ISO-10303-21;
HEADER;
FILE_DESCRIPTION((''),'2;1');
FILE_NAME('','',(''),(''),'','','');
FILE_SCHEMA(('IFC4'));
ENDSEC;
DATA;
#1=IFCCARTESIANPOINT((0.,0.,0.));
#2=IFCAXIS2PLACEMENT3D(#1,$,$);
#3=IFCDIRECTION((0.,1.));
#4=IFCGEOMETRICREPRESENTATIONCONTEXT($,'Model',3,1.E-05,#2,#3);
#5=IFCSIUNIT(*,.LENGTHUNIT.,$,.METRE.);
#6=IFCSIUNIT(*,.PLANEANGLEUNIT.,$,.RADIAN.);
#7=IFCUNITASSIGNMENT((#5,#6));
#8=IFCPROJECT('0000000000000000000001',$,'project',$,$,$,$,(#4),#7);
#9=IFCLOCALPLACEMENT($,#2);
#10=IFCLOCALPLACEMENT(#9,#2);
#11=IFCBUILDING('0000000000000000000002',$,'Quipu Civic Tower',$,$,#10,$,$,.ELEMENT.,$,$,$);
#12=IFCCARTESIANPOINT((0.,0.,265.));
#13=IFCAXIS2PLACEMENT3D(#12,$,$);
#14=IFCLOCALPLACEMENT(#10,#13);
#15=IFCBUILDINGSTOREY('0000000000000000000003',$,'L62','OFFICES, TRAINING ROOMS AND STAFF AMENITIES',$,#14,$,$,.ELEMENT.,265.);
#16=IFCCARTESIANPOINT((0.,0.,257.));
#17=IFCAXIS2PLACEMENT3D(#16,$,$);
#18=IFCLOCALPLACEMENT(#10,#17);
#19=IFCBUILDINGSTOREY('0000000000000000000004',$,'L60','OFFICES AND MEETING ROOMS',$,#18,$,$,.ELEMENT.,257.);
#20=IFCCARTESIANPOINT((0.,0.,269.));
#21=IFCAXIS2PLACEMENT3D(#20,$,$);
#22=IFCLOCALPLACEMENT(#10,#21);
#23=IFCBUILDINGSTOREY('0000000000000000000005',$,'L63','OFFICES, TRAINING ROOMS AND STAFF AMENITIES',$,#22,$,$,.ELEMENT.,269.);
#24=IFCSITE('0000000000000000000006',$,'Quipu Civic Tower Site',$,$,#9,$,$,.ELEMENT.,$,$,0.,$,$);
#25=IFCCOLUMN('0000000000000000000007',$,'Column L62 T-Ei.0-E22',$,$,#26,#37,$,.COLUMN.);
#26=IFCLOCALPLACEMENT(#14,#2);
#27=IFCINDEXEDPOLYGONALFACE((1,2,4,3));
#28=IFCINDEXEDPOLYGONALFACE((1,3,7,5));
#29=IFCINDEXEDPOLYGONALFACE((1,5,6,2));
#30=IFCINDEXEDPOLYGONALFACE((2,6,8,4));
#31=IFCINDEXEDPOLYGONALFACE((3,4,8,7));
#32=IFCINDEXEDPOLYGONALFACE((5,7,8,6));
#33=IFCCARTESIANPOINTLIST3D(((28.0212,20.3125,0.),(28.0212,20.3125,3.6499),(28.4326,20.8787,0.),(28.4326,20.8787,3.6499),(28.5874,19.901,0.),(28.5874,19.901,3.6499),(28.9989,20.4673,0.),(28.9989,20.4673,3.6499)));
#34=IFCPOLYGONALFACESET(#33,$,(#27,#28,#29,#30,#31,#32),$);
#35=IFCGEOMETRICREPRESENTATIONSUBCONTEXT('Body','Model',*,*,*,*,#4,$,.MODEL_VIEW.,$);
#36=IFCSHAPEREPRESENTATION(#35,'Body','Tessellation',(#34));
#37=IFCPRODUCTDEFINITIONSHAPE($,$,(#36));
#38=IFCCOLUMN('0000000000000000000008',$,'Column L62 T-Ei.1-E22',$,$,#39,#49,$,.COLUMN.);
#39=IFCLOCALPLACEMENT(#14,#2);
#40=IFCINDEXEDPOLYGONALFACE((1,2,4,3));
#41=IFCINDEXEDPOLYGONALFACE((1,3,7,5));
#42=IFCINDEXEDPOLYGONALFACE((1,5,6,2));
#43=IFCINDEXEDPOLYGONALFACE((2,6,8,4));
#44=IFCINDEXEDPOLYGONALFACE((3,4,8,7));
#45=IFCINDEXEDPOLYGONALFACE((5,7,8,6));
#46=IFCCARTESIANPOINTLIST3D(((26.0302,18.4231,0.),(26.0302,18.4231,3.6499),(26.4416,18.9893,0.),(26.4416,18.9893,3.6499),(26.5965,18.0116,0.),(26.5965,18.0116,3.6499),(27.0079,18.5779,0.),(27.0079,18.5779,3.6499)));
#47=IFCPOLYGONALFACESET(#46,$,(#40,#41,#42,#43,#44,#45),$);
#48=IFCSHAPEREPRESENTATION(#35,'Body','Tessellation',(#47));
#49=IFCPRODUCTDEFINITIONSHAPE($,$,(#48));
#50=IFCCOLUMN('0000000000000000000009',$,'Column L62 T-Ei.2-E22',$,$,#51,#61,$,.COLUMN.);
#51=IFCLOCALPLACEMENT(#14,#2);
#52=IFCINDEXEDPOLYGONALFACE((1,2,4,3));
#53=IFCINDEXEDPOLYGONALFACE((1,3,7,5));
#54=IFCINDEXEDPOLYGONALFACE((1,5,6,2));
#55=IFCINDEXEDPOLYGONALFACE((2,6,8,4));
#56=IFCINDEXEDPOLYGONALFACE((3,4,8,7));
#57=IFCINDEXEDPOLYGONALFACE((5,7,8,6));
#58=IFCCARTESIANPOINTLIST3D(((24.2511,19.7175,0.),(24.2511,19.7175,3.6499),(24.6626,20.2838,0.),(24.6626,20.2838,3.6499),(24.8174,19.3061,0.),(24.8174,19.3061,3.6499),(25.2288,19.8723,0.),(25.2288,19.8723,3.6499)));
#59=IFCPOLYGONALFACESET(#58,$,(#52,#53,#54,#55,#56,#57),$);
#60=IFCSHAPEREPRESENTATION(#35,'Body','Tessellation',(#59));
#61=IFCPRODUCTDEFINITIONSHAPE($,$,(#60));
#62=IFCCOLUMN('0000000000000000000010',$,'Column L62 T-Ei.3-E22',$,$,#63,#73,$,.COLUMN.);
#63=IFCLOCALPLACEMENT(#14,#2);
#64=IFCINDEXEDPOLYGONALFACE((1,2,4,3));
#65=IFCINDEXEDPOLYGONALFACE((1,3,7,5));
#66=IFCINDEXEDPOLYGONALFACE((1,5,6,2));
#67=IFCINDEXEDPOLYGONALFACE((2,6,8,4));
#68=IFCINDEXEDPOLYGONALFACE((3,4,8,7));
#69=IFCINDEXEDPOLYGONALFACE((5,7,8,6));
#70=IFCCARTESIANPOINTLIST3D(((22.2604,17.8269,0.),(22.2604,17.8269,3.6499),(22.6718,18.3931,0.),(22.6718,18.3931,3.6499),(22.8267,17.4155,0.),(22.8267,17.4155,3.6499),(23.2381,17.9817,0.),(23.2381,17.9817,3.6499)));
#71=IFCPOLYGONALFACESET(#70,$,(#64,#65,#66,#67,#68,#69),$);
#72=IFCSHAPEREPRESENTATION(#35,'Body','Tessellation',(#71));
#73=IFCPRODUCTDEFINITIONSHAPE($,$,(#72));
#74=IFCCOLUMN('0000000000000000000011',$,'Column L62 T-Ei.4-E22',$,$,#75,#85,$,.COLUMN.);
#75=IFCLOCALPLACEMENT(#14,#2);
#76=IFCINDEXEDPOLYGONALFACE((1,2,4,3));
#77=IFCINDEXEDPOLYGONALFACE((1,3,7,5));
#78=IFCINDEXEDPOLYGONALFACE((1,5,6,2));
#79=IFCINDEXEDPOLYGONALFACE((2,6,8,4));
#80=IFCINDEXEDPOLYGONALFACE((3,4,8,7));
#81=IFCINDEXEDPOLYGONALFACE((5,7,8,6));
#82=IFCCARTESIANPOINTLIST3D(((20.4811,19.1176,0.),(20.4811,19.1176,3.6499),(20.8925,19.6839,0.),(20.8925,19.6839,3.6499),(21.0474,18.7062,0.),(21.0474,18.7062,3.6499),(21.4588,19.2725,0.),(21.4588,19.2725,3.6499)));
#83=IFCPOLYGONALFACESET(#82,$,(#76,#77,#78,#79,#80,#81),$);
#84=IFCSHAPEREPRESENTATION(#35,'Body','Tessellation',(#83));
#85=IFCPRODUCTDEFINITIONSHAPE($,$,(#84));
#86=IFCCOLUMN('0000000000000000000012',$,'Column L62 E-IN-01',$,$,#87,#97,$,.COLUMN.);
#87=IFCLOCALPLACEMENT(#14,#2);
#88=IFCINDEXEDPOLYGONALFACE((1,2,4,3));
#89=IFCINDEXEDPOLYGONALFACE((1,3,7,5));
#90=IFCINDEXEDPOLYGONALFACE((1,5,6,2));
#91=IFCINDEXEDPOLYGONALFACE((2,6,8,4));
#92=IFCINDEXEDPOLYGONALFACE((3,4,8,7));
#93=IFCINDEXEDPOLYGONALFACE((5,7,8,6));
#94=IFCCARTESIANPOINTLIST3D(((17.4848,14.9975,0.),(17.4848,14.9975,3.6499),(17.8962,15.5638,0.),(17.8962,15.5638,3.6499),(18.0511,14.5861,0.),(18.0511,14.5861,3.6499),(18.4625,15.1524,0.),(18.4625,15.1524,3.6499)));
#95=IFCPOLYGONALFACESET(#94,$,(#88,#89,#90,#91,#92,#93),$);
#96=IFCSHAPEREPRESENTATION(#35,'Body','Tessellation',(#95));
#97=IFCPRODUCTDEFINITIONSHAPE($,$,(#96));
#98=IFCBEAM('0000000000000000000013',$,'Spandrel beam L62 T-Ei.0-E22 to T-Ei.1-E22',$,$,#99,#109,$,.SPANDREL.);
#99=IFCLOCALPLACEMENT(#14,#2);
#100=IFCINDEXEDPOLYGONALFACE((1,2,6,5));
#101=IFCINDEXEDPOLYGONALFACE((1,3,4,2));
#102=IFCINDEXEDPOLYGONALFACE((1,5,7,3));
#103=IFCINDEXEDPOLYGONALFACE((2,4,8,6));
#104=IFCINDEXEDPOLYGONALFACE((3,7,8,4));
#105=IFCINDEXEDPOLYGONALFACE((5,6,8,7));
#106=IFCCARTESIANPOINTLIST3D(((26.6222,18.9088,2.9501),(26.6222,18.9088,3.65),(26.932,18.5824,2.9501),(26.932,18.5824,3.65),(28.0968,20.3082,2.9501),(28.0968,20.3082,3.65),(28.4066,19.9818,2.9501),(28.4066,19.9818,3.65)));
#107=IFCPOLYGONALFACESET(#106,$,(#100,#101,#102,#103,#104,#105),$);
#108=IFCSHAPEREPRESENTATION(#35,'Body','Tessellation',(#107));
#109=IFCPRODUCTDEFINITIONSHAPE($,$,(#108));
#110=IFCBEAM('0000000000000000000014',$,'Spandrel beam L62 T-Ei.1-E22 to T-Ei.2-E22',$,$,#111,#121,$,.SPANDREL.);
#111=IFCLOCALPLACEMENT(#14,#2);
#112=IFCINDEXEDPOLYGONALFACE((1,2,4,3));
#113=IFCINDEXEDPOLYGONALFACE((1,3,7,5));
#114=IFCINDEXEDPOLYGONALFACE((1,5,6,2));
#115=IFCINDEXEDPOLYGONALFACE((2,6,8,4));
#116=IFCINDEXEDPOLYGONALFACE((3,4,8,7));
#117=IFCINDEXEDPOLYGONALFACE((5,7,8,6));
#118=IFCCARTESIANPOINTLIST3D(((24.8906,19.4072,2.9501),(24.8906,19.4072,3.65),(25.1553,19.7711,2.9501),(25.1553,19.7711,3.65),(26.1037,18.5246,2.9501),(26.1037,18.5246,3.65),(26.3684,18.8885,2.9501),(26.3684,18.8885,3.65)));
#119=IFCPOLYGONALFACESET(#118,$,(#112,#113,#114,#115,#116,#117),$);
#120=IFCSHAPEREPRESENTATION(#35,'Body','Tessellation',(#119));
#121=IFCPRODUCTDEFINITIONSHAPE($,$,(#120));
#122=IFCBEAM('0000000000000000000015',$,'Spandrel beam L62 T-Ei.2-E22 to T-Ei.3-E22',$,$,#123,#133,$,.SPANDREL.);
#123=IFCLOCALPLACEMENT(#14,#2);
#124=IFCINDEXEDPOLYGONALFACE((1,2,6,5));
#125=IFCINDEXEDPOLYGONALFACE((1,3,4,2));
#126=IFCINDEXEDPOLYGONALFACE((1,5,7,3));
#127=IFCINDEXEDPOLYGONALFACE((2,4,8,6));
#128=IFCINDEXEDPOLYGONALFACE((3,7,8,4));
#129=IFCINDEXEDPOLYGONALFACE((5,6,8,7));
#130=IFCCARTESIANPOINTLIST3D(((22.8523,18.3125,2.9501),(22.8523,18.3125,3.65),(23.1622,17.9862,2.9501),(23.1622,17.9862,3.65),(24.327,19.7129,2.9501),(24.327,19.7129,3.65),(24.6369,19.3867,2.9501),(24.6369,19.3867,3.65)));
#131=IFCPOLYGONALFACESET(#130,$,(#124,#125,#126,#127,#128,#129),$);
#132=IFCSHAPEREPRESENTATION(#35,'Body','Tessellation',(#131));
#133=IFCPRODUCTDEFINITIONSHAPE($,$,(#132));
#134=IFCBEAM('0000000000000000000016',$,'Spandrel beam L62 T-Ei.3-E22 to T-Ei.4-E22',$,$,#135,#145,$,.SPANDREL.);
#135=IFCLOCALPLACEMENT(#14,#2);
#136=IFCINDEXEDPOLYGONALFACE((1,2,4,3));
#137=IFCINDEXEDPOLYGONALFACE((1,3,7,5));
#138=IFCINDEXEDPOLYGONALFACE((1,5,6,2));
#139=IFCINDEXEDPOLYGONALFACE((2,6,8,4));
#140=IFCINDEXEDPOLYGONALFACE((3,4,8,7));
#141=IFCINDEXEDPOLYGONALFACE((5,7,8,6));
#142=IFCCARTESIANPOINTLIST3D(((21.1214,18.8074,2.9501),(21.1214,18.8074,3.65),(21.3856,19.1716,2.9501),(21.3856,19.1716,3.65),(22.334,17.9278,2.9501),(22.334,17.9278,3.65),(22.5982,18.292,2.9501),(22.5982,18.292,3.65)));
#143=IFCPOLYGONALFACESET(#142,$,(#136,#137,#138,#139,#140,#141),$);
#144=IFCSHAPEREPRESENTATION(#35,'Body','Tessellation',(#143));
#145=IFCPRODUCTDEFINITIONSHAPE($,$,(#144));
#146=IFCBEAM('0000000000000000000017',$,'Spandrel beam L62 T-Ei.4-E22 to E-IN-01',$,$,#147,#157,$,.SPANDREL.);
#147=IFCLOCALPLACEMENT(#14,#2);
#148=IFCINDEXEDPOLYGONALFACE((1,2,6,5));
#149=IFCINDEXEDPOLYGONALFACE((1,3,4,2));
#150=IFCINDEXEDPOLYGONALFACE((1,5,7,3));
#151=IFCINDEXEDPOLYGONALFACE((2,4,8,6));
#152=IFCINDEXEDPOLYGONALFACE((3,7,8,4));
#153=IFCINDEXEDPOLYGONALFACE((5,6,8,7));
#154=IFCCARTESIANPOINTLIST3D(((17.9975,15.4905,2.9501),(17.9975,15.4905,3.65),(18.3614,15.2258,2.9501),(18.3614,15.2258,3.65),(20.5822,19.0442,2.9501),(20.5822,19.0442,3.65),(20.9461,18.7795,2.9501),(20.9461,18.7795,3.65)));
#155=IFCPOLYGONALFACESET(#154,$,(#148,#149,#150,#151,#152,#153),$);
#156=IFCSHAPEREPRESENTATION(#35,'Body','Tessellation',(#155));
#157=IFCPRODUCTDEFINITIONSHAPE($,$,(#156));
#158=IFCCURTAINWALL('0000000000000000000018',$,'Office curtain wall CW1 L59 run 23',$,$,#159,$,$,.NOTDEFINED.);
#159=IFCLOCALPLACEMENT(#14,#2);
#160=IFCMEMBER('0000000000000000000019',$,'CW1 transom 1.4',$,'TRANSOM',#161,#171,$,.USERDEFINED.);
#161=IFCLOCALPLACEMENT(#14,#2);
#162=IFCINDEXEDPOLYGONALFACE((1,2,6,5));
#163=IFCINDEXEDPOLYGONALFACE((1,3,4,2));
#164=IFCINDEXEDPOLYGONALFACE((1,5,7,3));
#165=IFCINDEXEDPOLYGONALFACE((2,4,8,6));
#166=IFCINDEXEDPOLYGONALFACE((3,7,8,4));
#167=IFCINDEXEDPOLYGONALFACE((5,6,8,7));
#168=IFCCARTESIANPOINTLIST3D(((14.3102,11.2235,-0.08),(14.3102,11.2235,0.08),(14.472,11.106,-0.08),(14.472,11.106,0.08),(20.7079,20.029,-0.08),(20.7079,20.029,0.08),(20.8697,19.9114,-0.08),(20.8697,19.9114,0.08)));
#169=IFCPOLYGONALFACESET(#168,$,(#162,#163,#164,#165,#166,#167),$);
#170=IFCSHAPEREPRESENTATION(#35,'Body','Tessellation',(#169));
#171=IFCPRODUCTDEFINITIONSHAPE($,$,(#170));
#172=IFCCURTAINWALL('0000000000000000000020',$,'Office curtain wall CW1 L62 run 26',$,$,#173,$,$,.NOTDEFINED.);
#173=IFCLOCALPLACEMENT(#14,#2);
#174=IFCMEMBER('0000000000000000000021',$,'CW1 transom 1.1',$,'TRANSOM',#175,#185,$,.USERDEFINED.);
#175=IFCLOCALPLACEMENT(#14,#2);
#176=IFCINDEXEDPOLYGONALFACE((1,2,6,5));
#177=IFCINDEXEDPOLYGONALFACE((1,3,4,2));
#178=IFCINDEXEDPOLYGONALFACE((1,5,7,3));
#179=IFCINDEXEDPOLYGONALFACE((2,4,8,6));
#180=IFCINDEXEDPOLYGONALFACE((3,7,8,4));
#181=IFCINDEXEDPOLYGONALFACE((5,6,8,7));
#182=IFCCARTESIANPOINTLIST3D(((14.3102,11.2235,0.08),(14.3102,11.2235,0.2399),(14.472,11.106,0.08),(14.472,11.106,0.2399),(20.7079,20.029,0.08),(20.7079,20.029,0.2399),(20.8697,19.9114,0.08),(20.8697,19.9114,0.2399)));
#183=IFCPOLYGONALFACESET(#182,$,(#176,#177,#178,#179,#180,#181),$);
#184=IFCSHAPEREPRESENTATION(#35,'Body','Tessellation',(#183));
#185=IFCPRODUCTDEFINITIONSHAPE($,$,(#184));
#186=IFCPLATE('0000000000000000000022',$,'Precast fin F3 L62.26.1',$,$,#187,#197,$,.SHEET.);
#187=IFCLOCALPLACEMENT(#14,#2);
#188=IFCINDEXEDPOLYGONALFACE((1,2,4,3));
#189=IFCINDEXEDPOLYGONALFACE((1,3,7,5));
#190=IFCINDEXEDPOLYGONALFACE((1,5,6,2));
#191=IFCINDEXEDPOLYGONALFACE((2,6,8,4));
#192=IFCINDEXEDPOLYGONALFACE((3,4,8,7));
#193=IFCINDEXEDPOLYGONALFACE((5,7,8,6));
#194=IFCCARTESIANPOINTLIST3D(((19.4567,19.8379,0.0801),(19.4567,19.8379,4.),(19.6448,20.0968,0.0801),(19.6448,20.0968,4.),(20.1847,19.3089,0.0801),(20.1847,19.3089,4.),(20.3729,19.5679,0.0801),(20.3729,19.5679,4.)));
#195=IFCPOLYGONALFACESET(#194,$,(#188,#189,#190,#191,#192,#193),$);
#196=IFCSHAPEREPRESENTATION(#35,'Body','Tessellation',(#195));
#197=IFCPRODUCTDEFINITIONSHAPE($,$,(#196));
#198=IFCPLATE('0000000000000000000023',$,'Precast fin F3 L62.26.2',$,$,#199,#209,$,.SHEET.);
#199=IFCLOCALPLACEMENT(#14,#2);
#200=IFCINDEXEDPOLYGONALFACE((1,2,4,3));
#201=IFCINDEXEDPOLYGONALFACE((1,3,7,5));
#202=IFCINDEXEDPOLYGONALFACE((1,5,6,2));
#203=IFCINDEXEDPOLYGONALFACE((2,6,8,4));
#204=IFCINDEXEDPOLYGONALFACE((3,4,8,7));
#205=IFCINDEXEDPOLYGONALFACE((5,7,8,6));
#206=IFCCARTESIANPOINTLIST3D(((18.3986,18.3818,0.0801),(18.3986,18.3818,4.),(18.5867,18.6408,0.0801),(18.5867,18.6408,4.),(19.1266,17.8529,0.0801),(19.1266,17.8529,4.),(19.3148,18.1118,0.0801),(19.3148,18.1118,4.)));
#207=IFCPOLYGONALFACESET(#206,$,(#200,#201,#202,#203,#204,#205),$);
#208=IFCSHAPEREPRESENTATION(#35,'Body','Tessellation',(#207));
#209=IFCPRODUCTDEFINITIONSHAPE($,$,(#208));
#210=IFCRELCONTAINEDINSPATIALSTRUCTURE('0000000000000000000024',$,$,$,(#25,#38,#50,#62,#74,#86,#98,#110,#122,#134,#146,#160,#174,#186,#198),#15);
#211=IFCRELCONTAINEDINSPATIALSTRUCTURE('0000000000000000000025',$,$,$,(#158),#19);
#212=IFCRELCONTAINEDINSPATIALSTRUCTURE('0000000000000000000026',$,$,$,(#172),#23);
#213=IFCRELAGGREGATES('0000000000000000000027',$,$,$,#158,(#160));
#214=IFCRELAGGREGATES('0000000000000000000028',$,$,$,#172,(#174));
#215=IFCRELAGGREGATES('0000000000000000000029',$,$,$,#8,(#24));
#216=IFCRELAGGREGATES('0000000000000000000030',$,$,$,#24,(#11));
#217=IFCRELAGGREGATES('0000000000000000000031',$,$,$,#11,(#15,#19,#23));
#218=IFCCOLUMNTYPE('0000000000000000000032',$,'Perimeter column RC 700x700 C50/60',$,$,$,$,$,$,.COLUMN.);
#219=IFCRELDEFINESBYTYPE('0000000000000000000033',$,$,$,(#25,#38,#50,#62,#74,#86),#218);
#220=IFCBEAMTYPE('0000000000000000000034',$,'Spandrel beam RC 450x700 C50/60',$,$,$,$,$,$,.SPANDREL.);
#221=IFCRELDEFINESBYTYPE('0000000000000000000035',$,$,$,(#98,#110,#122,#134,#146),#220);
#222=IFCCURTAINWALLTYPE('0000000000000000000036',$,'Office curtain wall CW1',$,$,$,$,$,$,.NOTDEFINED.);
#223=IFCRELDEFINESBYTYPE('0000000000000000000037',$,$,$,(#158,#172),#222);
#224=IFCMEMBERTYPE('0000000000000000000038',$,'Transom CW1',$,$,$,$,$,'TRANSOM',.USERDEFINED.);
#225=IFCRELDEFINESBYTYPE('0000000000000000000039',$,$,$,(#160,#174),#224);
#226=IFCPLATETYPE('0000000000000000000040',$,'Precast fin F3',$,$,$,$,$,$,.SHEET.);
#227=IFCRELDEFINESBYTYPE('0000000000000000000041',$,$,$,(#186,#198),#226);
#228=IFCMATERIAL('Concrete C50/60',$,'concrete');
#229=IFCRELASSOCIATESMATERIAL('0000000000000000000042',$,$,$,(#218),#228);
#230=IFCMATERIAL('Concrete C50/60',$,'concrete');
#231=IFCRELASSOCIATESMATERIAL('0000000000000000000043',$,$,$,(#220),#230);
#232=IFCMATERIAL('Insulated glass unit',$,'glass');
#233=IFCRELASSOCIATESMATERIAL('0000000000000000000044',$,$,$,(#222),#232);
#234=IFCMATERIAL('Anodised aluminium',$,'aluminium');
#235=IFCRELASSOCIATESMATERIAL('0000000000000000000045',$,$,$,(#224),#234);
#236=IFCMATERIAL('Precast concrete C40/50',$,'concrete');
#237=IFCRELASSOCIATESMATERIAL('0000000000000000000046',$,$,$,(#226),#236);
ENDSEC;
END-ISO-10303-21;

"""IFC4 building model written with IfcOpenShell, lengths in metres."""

from ifc_helpers import new_model, si_unit, direction, frame, origin, origin_2d, place, context, subcontext, project, spatial, rectangle, extrude, material, material_profile, profile_set, type_object, element, aggregate, save


model = new_model("IFC4")

# Units and contexts
model_context = context("Model", 3, precision=1e-05, world=origin(), true_north=direction((0.0, 1.0)))
body_context = subcontext(model_context, "Body", "Model", "MODEL_VIEW")
ifc_project = project(units=[si_unit("LENGTHUNIT", "METRE"), si_unit("PLANEANGLEUNIT", "RADIAN")], contexts=[model_context])

# Site, building, storey
site_placement = place(None, origin())
site = spatial("IfcSite", under=ifc_project, at=site_placement, Name="Quipu Civic Tower Site", CompositionType="ELEMENT", RefElevation=0.0)
building_placement = place(site_placement, origin())
building = spatial("IfcBuilding", under=site, at=building_placement, Name="Quipu Civic Tower", CompositionType="ELEMENT")
storey_1_placement = place(building_placement, frame((0.0, 0.0, 265.0)))
storey_1 = spatial("IfcBuildingStorey", under=building, at=storey_1_placement, Name="L62", Description="OFFICES, TRAINING ROOMS AND STAFF AMENITIES", CompositionType="ELEMENT", Elevation=265.0)

# Columns
ifc_material_1 = material(Name="Concrete C50/60", Category="concrete")
ifc_material_profile_1 = material_profile(ifc_material_1, rectangle(XDim=0.7, YDim=0.7, at=origin_2d()), Name="RC700x700")
ifc_profile_set_1 = profile_set([ifc_material_profile_1], Name="Concrete C50/60")
column_type = type_object("IfcColumnType", Name="Perimeter column RC 700x700 C50/60", PredefinedType="COLUMN", material=ifc_profile_set_1)
for number, where, z_axis, x_axis, name in (
    (1, (28.51, 20.3899, 0.0), (0.0, 0.0, 1.0), (-0.587785, -0.809017, 0.0), "Column L62 T-Ei.0-E22"),
    (2, (26.519, 18.5005, 0.0), (0.0, 0.0, 1.0), (-0.809017, 0.587785, 0.0), "Column L62 T-Ei.1-E22"),
    (3, (24.74, 19.7949, 0.0), (0.0, 0.0, 1.0), (-0.587785, -0.809017, 0.0), "Column L62 T-Ei.2-E22"),
    (4, (22.7493, 17.9043, 0.0), (0.0, 0.0, 1.0), (-0.587785, -0.809017, 0.0), "Column L62 T-Ei.3-E22"),
    (5, (20.97, 19.1951, 0.0), (0.0, 0.0, 1.0), (-0.587785, -0.809017, 0.0), "Column L62 T-Ei.4-E22"),
    (6, (17.9736, 15.075, 0.0), (0.0, 0.0, 1.0), (-0.587785, -0.809017, 0.0), "Column L62 E-IN-01"),
):
    element("IfcColumn", number, at=place(storey_1_placement, frame(where, z_axis=z_axis, x_axis=x_axis)), inside=storey_1, type_object=column_type, Name=name, PredefinedType="COLUMN", context=body_context, shape_type="SweptSolid", body=[
        extrude(rectangle(XDim=0.7, YDim=0.7, at=origin_2d()), origin(), (0.0, 0.0, 1.0), 3.6499),
    ])

# Beams
ifc_material_2 = material(Name="Concrete C50/60", Category="concrete")
ifc_material_profile_2 = material_profile(ifc_material_2, rectangle(XDim=0.45, YDim=0.7, at=origin_2d()), Name="RC450x700")
ifc_profile_set_2 = profile_set([ifc_material_profile_2], Name="Concrete C50/60")
beam_type = type_object("IfcBeamType", Name="Spandrel beam RC 450x700 C50/60", PredefinedType="SPANDREL", material=ifc_profile_set_2)
beam_1_placement = place(storey_1_placement, frame((28.2517, 20.145, 3.3), z_axis=(-0.725359, -0.688371, 0.0), x_axis=(0.688371, -0.725359, 0.0)))
element("IfcBeam", 7, at=beam_1_placement, inside=storey_1, type_object=beam_type, Name="Spandrel beam L62 T-Ei.0-E22 to T-Ei.1-E22", PredefinedType="SPANDREL", context=body_context, shape_type="SweptSolid", body=[
    extrude(rectangle(XDim=0.45, YDim=0.7, at=origin_2d()), origin(), (0.0, 0.0, 1.0), 2.033),
])
beam_2_placement = place(storey_1_placement, frame((26.2361, 18.7065, 3.3), z_axis=(-0.808645, 0.588297, 0.0), x_axis=(-0.588297, -0.808645, 0.0)))
element("IfcBeam", 8, at=beam_2_placement, inside=storey_1, type_object=beam_type, Name="Spandrel beam L62 T-Ei.1-E22 to T-Ei.2-E22", PredefinedType="SPANDREL", context=body_context, shape_type="SweptSolid", body=[
    extrude(rectangle(XDim=0.45, YDim=0.7, at=origin_2d()), origin(), (0.0, 0.0, 1.0), 1.5002),
])
beam_3_placement = place(storey_1_placement, frame((24.4819, 19.5498, 3.3), z_axis=(-0.725119, -0.688623, 0.0), x_axis=(0.688623, -0.725119, 0.0)))
element("IfcBeam", 9, at=beam_3_placement, inside=storey_1, type_object=beam_type, Name="Spandrel beam L62 T-Ei.2-E22 to T-Ei.3-E22", PredefinedType="SPANDREL", context=body_context, shape_type="SweptSolid", body=[
    extrude(rectangle(XDim=0.45, YDim=0.7, at=origin_2d()), origin(), (0.0, 0.0, 1.0), 2.0337),
])
beam_4_placement = place(storey_1_placement, frame((22.4661, 18.1099, 3.3), z_axis=(-0.809461, 0.587173, 0.0), x_axis=(-0.587173, -0.809461, 0.0)))
element("IfcBeam", 10, at=beam_4_placement, inside=storey_1, type_object=beam_type, Name="Spandrel beam L62 T-Ei.3-E22 to T-Ei.4-E22", PredefinedType="SPANDREL", context=body_context, shape_type="SweptSolid", body=[
    extrude(rectangle(XDim=0.45, YDim=0.7, at=origin_2d()), origin(), (0.0, 0.0, 1.0), 1.498),
])
beam_5_placement = place(storey_1_placement, frame((20.7642, 18.9119, 3.3), z_axis=(-0.588201, -0.808714, 0.0), x_axis=(0.808714, -0.588201, 0.0)))
element("IfcBeam", 11, at=beam_5_placement, inside=storey_1, type_object=beam_type, Name="Spandrel beam L62 T-Ei.4-E22 to E-IN-01", PredefinedType="SPANDREL", context=body_context, shape_type="SweptSolid", body=[
    extrude(rectangle(XDim=0.45, YDim=0.7, at=origin_2d()), origin(), (0.0, 0.0, 1.0), 4.3943),
])

# Shared definitions
storey_2_placement = place(building_placement, frame((0.0, 0.0, 257.0)))
storey_2 = spatial("IfcBuildingStorey", under=building, at=storey_2_placement, Name="L60", Description="OFFICES AND MEETING ROOMS", CompositionType="ELEMENT", Elevation=257.0)

# Curtain wall, member
ifc_material_3 = material(Name="Insulated glass unit", Category="glass")
curtain_wall_type = type_object("IfcCurtainWallType", Name="Office curtain wall CW1", PredefinedType="NOTDEFINED", material=ifc_material_3)
curtain_wall_1_placement = place(storey_2_placement, origin())
curtain_wall_1 = element("IfcCurtainWall", 12, at=curtain_wall_1_placement, inside=storey_2, type_object=curtain_wall_type, Name="Office curtain wall CW1 L59 run 23", PredefinedType="NOTDEFINED")
ifc_material_4 = material(Name="Anodised aluminium", Category="aluminium")
ifc_material_profile_3 = material_profile(ifc_material_4, rectangle(XDim=0.2, YDim=0.1599, at=origin_2d()), Name="RECT 200x160")
ifc_profile_set_3 = profile_set([ifc_material_profile_3], Name="Anodised aluminium")
member_type = type_object("IfcMemberType", Name="Transom CW1", ElementType="TRANSOM", PredefinedType="USERDEFINED", material=ifc_profile_set_3)
member_1_placement = place(storey_1_placement, frame((20.7888, 19.9702, 0.0), z_axis=(-0.587797, -0.809009, 0.0), x_axis=(0.809009, -0.587797, 0.0)))
member_1 = element("IfcMember", 13, at=member_1_placement, inside=storey_1, type_object=member_type, Name="CW1 transom 1.4", ObjectType="TRANSOM", PredefinedType="USERDEFINED", context=body_context, shape_type="SweptSolid", body=[
    extrude(rectangle(XDim=0.2, YDim=0.1599, at=origin_2d()), origin(), (0.0, 0.0, 1.0), 10.8843),
])
aggregate(curtain_wall_1, [member_1])

# Shared definitions
storey_3_placement = place(building_placement, frame((0.0, 0.0, 269.0)))
storey_3 = spatial("IfcBuildingStorey", under=building, at=storey_3_placement, Name="L63", Description="OFFICES, TRAINING ROOMS AND STAFF AMENITIES", CompositionType="ELEMENT", Elevation=269.0)

# Curtain wall, member
curtain_wall_2_placement = place(storey_3_placement, origin())
curtain_wall_2 = element("IfcCurtainWall", 14, at=curtain_wall_2_placement, inside=storey_3, type_object=curtain_wall_type, Name="Office curtain wall CW1 L62 run 26", PredefinedType="NOTDEFINED")
member_2_placement = place(storey_1_placement, frame((20.7888, 19.9702, 0.1599), z_axis=(-0.587797, -0.809009, 0.0), x_axis=(0.809009, -0.587797, 0.0)))
member_2 = element("IfcMember", 15, at=member_2_placement, inside=storey_1, type_object=member_type, Name="CW1 transom 1.1", ObjectType="TRANSOM", PredefinedType="USERDEFINED", context=body_context, shape_type="SweptSolid", body=[
    extrude(rectangle(XDim=0.2, YDim=0.1599, at=origin_2d()), origin(), (0.0, 0.0, 1.0), 10.8843),
])
aggregate(curtain_wall_2, [member_2])

# Plates
ifc_material_5 = material(Name="Precast concrete C40/50", Category="concrete")
plate_type = type_object("IfcPlateType", Name="Precast fin F3", PredefinedType="SHEET", material=ifc_material_5)
for number, where, z_axis, x_axis, name in (
    (16, (19.9148, 19.7029, 0.0801), (0.0, 0.0, 1.0), (-0.587784, -0.809018, 0.0), "Precast fin F3 L62.26.1"),
    (17, (18.8567, 18.2468, 0.0801), (0.0, 0.0, 1.0), (-0.587784, -0.809018, 0.0), "Precast fin F3 L62.26.2"),
):
    element("IfcPlate", number, at=place(storey_1_placement, frame(where, z_axis=z_axis, x_axis=x_axis)), inside=storey_1, type_object=plate_type, Name=name, PredefinedType="SHEET", context=body_context, shape_type="SweptSolid", body=[
        extrude(rectangle(XDim=0.3201, YDim=0.8999, at=origin_2d()), origin(), (0.0, 0.0, 1.0), 3.9199),
    ])

save(model, "model.ifc")
